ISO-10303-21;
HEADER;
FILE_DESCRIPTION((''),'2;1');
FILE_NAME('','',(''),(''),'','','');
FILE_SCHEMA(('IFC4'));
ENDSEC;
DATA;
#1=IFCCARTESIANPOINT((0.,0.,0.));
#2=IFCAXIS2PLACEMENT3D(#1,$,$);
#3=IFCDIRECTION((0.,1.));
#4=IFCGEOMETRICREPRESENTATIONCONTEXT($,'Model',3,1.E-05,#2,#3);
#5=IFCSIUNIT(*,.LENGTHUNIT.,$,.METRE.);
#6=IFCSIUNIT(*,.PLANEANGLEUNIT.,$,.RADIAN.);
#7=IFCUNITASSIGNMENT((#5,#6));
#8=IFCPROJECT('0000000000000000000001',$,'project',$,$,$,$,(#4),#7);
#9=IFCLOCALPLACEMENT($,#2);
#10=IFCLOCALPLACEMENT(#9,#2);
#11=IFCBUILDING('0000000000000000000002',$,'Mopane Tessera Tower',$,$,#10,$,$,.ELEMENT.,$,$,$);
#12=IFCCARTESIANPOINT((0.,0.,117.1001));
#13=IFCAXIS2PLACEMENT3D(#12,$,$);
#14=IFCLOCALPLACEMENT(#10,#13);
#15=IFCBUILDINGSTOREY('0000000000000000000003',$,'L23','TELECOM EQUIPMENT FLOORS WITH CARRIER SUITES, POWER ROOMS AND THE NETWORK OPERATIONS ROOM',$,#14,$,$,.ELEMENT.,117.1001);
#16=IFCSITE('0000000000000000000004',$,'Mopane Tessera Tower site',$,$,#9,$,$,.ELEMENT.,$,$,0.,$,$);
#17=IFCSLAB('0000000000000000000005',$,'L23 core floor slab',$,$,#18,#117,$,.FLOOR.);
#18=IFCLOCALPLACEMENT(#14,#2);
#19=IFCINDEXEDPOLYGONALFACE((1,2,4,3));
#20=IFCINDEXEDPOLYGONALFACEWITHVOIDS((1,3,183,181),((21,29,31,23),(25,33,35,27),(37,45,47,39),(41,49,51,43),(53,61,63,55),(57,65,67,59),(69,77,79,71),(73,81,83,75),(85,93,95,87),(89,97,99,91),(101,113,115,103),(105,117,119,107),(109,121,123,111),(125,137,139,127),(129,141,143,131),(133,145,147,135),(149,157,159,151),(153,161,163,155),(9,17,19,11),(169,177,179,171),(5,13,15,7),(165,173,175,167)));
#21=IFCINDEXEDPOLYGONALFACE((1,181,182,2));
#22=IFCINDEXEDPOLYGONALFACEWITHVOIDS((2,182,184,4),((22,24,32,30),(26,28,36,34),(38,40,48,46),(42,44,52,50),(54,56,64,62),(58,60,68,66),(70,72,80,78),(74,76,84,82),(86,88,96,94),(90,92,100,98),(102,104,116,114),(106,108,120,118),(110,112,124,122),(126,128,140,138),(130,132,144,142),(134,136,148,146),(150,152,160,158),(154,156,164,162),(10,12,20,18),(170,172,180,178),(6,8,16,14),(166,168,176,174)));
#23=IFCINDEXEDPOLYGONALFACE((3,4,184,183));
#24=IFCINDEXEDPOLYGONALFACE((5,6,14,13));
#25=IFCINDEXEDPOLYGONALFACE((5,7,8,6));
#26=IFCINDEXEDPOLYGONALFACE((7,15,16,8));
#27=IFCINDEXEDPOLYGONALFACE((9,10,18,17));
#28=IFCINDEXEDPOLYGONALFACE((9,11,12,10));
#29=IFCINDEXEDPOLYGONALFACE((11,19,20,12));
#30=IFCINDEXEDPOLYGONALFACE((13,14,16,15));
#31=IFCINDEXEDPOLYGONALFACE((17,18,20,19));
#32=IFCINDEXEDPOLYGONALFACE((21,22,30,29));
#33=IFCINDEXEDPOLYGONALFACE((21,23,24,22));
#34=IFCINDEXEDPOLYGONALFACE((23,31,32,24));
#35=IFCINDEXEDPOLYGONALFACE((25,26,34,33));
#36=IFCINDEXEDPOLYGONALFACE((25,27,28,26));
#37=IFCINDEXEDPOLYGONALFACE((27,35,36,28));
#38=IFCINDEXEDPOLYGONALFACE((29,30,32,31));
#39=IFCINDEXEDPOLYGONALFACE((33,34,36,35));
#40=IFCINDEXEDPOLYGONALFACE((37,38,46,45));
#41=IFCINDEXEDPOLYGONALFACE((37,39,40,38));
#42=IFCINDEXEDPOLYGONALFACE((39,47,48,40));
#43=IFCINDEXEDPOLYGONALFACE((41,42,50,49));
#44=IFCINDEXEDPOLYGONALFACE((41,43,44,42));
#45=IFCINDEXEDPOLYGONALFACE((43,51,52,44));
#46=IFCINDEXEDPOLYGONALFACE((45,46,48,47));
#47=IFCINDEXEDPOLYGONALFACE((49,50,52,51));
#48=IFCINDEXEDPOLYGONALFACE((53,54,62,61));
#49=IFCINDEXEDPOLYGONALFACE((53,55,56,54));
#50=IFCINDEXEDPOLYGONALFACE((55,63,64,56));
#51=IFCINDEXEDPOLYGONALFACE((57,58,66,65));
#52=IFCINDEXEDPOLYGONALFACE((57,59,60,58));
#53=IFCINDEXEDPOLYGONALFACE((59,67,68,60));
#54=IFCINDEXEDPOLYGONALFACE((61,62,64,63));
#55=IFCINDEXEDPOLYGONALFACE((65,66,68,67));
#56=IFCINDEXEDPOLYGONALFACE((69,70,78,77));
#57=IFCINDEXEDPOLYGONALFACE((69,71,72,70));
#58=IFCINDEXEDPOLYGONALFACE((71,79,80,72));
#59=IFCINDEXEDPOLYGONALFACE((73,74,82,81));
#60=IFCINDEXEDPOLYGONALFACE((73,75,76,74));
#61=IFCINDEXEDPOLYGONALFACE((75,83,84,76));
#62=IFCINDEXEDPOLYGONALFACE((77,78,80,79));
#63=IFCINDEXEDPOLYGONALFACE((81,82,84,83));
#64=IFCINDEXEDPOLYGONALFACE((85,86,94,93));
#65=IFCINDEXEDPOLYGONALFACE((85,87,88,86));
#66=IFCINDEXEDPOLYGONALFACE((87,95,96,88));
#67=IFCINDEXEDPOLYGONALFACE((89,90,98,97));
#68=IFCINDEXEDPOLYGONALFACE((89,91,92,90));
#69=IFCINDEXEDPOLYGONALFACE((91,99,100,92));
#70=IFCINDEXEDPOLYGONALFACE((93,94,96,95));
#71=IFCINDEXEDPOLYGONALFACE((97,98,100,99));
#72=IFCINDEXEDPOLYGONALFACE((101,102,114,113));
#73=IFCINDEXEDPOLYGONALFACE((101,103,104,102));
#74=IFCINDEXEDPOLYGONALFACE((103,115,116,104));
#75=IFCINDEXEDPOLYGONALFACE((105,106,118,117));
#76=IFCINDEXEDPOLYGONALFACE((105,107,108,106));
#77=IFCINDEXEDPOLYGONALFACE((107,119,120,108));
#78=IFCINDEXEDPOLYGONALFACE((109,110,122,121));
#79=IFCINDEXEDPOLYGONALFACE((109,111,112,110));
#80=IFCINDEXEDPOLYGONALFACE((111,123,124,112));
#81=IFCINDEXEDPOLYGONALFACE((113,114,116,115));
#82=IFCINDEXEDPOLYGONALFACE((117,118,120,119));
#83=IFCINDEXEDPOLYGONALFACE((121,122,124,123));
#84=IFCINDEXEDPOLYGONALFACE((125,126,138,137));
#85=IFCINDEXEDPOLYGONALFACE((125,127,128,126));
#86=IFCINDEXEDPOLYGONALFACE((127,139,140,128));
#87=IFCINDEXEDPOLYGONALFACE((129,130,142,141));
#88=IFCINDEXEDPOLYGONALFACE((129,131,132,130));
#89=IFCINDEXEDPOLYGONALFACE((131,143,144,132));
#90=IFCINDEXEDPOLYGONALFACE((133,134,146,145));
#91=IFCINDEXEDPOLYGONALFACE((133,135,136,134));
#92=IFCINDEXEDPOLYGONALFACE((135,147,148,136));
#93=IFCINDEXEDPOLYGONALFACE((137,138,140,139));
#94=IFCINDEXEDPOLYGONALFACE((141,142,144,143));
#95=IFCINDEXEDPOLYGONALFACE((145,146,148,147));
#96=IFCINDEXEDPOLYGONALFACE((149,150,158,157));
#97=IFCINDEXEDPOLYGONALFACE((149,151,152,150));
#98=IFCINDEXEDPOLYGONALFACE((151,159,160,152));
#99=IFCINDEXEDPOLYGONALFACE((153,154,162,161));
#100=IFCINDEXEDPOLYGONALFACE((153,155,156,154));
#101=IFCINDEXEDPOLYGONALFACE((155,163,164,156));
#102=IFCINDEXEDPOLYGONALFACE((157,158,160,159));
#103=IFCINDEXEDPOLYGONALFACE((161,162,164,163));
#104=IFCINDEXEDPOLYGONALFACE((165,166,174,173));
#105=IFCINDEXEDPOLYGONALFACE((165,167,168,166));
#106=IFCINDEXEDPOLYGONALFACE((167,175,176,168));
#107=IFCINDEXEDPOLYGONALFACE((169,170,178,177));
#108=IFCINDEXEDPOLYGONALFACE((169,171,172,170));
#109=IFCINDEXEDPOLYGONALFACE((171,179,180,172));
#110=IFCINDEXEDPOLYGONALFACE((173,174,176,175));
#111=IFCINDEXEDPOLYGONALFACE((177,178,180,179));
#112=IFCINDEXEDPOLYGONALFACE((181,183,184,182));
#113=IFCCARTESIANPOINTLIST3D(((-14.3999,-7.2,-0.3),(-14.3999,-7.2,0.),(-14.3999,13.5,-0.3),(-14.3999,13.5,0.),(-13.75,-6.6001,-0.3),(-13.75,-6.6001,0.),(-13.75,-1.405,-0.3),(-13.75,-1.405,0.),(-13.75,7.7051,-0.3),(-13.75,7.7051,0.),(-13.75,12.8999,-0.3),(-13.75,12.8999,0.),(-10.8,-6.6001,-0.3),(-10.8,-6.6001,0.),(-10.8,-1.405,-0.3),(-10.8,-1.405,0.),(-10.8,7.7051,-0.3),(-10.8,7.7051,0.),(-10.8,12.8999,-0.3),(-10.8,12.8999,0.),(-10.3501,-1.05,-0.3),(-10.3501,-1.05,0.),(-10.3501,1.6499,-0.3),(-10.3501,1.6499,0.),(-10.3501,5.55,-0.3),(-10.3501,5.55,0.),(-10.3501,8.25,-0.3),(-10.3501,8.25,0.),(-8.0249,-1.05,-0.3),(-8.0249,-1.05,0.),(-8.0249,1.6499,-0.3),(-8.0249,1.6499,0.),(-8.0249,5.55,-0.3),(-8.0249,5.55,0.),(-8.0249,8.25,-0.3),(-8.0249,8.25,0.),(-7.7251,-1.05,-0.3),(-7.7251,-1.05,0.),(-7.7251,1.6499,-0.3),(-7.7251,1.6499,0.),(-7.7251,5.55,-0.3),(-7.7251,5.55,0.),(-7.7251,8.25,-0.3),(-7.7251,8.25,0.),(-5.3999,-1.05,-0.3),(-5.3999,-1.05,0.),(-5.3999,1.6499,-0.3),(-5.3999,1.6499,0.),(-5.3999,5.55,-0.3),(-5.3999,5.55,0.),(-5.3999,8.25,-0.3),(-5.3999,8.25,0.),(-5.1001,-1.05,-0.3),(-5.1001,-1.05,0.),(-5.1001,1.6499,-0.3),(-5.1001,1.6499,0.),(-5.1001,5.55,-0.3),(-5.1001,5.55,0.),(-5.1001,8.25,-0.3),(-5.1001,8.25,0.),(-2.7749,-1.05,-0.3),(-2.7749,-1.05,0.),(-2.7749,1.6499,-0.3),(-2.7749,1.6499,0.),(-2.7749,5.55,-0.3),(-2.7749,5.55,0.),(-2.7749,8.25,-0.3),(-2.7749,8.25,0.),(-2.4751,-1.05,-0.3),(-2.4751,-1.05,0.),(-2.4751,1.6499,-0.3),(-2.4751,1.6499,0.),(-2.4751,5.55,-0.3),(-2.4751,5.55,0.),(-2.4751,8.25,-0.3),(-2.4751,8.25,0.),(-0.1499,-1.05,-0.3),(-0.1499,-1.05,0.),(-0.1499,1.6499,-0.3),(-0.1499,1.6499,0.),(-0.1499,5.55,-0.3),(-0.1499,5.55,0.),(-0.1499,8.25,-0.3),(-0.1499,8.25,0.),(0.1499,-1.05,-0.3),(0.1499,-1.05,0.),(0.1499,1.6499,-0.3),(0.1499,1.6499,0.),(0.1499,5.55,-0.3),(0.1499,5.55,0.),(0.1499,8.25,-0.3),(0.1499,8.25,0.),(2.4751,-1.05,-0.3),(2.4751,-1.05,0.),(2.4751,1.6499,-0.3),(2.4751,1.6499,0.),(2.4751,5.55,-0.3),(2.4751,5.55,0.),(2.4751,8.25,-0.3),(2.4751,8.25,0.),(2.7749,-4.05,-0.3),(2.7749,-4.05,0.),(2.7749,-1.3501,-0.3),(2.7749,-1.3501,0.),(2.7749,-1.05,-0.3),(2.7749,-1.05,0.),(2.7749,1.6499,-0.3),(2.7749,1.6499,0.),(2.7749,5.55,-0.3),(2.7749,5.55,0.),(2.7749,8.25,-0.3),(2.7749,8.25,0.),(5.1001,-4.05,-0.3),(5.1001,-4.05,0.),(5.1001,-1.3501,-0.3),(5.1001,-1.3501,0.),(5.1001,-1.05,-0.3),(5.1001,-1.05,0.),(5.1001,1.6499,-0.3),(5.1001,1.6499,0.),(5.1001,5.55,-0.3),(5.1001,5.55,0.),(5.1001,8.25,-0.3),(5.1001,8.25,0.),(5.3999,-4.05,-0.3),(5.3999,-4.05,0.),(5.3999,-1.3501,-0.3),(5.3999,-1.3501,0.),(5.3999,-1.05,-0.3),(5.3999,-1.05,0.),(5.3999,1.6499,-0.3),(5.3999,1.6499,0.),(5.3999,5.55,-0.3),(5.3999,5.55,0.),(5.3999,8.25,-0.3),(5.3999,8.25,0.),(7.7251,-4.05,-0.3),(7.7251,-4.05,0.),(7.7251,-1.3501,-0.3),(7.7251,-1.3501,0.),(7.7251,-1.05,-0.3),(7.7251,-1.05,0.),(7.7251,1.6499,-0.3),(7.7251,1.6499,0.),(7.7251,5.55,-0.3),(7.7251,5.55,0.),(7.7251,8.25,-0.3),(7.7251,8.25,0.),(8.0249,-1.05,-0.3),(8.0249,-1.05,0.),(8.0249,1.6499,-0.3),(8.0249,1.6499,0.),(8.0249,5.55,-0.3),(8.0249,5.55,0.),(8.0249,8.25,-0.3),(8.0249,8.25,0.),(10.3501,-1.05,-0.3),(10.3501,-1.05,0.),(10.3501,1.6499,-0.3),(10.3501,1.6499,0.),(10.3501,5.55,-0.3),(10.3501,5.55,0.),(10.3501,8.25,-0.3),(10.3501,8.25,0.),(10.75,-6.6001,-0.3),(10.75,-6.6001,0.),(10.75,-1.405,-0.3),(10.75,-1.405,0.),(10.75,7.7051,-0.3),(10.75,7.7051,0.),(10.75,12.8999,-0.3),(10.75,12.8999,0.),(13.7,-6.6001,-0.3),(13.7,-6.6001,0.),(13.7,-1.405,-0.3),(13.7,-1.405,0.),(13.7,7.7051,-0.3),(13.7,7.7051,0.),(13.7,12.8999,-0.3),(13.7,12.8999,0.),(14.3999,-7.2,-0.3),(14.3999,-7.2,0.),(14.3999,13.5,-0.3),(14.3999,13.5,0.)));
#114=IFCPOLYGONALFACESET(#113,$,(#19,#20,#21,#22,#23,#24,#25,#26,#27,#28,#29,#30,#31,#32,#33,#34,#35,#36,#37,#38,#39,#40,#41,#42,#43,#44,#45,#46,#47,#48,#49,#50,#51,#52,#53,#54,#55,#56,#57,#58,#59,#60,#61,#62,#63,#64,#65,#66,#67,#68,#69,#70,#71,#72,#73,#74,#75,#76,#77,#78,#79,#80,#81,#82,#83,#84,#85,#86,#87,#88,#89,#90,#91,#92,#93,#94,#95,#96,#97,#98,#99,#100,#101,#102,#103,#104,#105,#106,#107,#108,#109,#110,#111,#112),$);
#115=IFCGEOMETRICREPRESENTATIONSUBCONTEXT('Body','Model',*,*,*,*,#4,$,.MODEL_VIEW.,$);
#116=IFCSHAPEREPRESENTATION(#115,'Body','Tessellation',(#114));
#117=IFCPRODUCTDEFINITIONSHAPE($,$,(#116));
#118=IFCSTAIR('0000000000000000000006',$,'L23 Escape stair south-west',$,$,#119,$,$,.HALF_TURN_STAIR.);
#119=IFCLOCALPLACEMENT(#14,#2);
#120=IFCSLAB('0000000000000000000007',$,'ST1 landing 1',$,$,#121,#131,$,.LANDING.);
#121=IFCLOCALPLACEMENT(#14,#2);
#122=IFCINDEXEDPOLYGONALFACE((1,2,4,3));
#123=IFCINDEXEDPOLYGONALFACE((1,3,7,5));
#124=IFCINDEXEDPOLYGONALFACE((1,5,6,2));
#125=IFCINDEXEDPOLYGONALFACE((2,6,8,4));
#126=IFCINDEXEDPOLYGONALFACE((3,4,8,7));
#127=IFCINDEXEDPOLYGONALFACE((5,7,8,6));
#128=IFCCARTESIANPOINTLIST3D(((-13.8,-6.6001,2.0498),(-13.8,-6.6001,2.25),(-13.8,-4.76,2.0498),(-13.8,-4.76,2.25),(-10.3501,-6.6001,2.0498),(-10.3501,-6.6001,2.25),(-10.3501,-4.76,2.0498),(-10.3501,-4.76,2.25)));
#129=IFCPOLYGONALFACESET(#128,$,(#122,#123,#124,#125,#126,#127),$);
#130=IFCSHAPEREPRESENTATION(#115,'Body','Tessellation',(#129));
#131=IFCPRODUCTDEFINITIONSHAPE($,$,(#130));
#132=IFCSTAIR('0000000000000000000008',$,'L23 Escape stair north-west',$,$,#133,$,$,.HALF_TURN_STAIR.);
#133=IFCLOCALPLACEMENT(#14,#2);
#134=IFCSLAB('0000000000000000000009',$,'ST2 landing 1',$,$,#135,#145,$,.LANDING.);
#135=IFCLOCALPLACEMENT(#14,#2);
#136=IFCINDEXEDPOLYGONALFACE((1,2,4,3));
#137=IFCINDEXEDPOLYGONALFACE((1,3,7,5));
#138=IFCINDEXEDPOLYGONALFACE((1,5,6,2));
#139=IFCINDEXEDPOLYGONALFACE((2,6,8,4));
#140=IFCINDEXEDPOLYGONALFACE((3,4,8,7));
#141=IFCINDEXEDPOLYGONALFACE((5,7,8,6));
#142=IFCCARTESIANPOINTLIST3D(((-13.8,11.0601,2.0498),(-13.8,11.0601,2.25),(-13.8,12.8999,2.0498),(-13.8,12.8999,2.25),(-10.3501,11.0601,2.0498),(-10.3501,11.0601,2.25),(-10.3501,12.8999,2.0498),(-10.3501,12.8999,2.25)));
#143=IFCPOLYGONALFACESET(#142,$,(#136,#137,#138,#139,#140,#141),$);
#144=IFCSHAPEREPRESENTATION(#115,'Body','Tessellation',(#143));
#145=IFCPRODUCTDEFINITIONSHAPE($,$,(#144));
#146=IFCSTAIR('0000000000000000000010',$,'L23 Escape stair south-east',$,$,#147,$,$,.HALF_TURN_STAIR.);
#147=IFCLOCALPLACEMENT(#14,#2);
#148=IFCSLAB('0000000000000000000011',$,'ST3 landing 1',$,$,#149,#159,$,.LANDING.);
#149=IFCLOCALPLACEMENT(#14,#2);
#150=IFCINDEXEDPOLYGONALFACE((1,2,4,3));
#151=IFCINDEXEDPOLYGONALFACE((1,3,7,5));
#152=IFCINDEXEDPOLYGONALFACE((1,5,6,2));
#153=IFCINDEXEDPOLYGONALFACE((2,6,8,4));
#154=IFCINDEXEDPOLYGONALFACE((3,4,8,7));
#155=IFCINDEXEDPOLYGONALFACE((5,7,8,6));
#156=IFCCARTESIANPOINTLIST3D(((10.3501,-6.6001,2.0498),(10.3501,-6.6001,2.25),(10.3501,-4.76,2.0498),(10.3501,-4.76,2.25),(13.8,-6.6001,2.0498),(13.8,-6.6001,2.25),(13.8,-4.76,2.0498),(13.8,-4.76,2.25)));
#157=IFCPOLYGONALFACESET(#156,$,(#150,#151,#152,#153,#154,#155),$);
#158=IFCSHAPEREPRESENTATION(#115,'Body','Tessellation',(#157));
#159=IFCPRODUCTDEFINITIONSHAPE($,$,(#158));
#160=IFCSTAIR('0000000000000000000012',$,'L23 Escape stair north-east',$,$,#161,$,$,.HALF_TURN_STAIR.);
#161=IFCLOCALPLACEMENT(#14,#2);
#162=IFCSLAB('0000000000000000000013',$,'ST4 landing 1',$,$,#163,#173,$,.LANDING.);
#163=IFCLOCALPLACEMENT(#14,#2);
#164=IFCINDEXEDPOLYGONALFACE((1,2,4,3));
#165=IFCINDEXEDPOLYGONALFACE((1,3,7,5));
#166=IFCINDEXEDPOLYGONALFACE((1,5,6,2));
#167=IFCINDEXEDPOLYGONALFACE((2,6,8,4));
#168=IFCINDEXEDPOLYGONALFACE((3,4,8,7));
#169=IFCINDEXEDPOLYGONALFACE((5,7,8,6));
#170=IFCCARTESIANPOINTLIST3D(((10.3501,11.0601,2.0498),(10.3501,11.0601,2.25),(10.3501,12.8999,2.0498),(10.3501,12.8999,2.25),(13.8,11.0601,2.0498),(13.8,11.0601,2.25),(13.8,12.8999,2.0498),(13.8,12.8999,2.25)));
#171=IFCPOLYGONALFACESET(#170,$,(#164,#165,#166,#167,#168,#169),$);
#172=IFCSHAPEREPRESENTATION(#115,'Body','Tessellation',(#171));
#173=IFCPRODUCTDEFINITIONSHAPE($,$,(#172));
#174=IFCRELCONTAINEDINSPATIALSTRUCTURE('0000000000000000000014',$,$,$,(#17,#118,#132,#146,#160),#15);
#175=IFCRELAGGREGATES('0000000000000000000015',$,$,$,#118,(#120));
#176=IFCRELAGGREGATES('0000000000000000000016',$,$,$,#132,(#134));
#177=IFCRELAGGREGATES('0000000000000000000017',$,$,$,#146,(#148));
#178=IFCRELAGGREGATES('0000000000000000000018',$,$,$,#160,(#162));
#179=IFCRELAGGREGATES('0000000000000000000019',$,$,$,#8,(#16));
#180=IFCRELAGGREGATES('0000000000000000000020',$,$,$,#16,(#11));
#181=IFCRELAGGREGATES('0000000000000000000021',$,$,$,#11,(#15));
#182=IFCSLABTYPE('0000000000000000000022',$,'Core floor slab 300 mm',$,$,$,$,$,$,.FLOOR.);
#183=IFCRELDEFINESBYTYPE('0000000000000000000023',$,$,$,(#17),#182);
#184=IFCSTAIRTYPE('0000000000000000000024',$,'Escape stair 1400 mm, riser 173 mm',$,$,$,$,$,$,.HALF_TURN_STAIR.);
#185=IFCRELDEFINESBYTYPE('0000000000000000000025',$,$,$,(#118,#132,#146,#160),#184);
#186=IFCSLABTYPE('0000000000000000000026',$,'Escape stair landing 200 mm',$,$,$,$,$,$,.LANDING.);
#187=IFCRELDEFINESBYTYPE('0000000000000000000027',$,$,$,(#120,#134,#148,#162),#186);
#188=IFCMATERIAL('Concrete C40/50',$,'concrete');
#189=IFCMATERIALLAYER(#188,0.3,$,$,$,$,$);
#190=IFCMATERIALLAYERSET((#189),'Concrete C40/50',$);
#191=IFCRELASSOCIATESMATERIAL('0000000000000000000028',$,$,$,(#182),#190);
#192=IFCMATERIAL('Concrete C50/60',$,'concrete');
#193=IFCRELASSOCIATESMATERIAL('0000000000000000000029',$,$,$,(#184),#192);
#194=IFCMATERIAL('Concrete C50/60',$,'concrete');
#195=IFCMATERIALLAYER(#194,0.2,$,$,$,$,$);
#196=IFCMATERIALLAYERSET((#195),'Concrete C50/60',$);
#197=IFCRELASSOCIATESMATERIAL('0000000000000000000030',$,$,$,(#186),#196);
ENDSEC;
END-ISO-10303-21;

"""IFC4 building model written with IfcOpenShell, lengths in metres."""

from ifc_helpers import new_model, si_unit, direction, frame, origin, place, context, subcontext, project, spatial, polyline, outline, extrude, material, layer, layer_set, type_object, element, aggregate, save


model = new_model("IFC4")

# Units and contexts
model_context = context("Model", 3, precision=1e-05, world=origin(), true_north=direction((0.0, 1.0)))
body_context = subcontext(model_context, "Body", "Model", "MODEL_VIEW")
ifc_project = project(units=[si_unit("LENGTHUNIT", "METRE"), si_unit("PLANEANGLEUNIT", "RADIAN")], contexts=[model_context])

# Site, building, storey
site_placement = place(None, origin())
site = spatial("IfcSite", under=ifc_project, at=site_placement, Name="Mopane Tessera Tower site", CompositionType="ELEMENT", RefElevation=0.0)
building_placement = place(site_placement, origin())
building = spatial("IfcBuilding", under=site, at=building_placement, Name="Mopane Tessera Tower", CompositionType="ELEMENT")
storey_placement = place(building_placement, frame((0.0, 0.0, 117.1001)))
storey = spatial("IfcBuildingStorey", under=building, at=storey_placement, Name="L23", Description="TELECOM EQUIPMENT FLOORS WITH CARRIER SUITES, POWER ROOMS AND THE NETWORK OPERATIONS ROOM", CompositionType="ELEMENT", Elevation=117.1001)

# Slab
ifc_material_1 = material(Name="Concrete C40/50", Category="concrete")
ifc_layer_1 = layer(ifc_material_1, 0.3)
ifc_layer_set_1 = layer_set([ifc_layer_1], Name="Concrete C40/50")
slab_type_1 = type_object("IfcSlabType", Name="Core floor slab 300 mm", PredefinedType="FLOOR", material=ifc_layer_set_1)
slab_1_placement = place(storey_placement, frame((0.0, 0.0, -0.3)))
element("IfcSlab", 1, at=slab_1_placement, inside=storey, type_object=slab_type_1, Name="L23 core floor slab", PredefinedType="FLOOR", context=body_context, shape_type="SweptSolid", body=[
    extrude(outline(polyline([(-14.3999, -7.2), (14.3999, -7.2), (14.3999, 13.5), (-14.3999, 13.5), (-14.3999, -7.2)]), holes=[polyline([(-10.3501, -1.05), (-8.0249, -1.05), (-8.0249, 1.6499), (-10.3501, 1.6499), (-10.3501, -1.05)]), polyline([(-7.7251, -1.05), (-5.3999, -1.05), (-5.3999, 1.6499), (-7.7251, 1.6499), (-7.7251, -1.05)]), polyline([(-5.1001, -1.05), (-2.7749, -1.05), (-2.7749, 1.6499), (-5.1001, 1.6499), (-5.1001, -1.05)]), polyline([(-2.4751, -1.05), (-0.1499, -1.05), (-0.1499, 1.6499), (-2.4751, 1.6499), (-2.4751, -1.05)]), polyline([(0.1499, -1.05), (2.4751, -1.05), (2.4751, 1.6499), (0.1499, 1.6499), (0.1499, -1.05)]), polyline([(2.7749, -1.05), (5.1001, -1.05), (5.1001, 1.6499), (2.7749, 1.6499), (2.7749, -1.05)]), polyline([(5.3999, -1.05), (7.7251, -1.05), (7.7251, 1.6499), (5.3999, 1.6499), (5.3999, -1.05)]), polyline([(8.0249, -1.05), (10.3501, -1.05), (10.3501, 1.6499), (8.0249, 1.6499), (8.0249, -1.05)]), polyline([(-10.3501, 5.55), (-8.0249, 5.55), (-8.0249, 8.25), (-10.3501, 8.25), (-10.3501, 5.55)]), polyline([(-7.7251, 5.55), (-5.3999, 5.55), (-5.3999, 8.25), (-7.7251, 8.25), (-7.7251, 5.55)]), polyline([(-5.1001, 5.55), (-2.7749, 5.55), (-2.7749, 8.25), (-5.1001, 8.25), (-5.1001, 5.55)]), polyline([(-2.4751, 5.55), (-0.1499, 5.55), (-0.1499, 8.25), (-2.4751, 8.25), (-2.4751, 5.55)]), polyline([(0.1499, 5.55), (2.4751, 5.55), (2.4751, 8.25), (0.1499, 8.25), (0.1499, 5.55)]), polyline([(2.7749, 5.55), (5.1001, 5.55), (5.1001, 8.25), (2.7749, 8.25), (2.7749, 5.55)]), polyline([(5.3999, 5.55), (7.7251, 5.55), (7.7251, 8.25), (5.3999, 8.25), (5.3999, 5.55)]), polyline([(8.0249, 5.55), (10.3501, 5.55), (10.3501, 8.25), (8.0249, 8.25), (8.0249, 5.55)]), polyline([(2.7749, -4.05), (5.1001, -4.05), (5.1001, -1.3501), (2.7749, -1.3501), (2.7749, -4.05)]), polyline([(5.3999, -4.05), (7.7251, -4.05), (7.7251, -1.3501), (5.3999, -1.3501), (5.3999, -4.05)]), polyline([(-13.75, -1.405), (-13.75, -6.6001), (-10.8, -6.6001), (-10.8, -1.405), (-13.75, -1.405)]), polyline([(-10.8, 7.7051), (-10.8, 12.8999), (-13.75, 12.8999), (-13.75, 7.7051), (-10.8, 7.7051)]), polyline([(10.75, -1.405), (10.75, -6.6001), (13.7, -6.6001), (13.7, -1.405), (10.75, -1.405)]), polyline([(13.7, 7.7051), (13.7, 12.8999), (10.75, 12.8999), (10.75, 7.7051), (13.7, 7.7051)])]), origin(), (0.0, 0.0, 1.0), 0.3),
])

# Stairs, slabs
ifc_material_2 = material(Name="Concrete C50/60", Category="concrete")
stair_type = type_object("IfcStairType", Name="Escape stair 1400 mm, riser 173 mm", PredefinedType="HALF_TURN_STAIR", material=ifc_material_2)
stair_1_placement = place(storey_placement, origin())
stair_1 = element("IfcStair", 2, at=stair_1_placement, inside=storey, type_object=stair_type, Name="L23 Escape stair south-west", PredefinedType="HALF_TURN_STAIR")
ifc_material_3 = material(Name="Concrete C50/60", Category="concrete")
ifc_layer_2 = layer(ifc_material_3, 0.2)
ifc_layer_set_2 = layer_set([ifc_layer_2], Name="Concrete C50/60")
slab_type_2 = type_object("IfcSlabType", Name="Escape stair landing 200 mm", PredefinedType="LANDING", material=ifc_layer_set_2)
slab_2_placement = place(storey_placement, frame((0.0, 0.0, 2.0498)))
slab_2 = element("IfcSlab", 3, at=slab_2_placement, type_object=slab_type_2, Name="ST1 landing 1", PredefinedType="LANDING", context=body_context, shape_type="SweptSolid", body=[
    extrude(outline(polyline([(-13.8, -4.76), (-13.8, -6.6001), (-10.3501, -6.6001), (-10.3501, -4.76), (-13.8, -4.76)])), origin(), (0.0, 0.0, 1.0), 0.2002),
])
aggregate(stair_1, [slab_2])
stair_2_placement = place(storey_placement, origin())
stair_2 = element("IfcStair", 4, at=stair_2_placement, inside=storey, type_object=stair_type, Name="L23 Escape stair north-west", PredefinedType="HALF_TURN_STAIR")
slab_3_placement = place(storey_placement, frame((0.0, 0.0, 2.0498)))
slab_3 = element("IfcSlab", 5, at=slab_3_placement, type_object=slab_type_2, Name="ST2 landing 1", PredefinedType="LANDING", context=body_context, shape_type="SweptSolid", body=[
    extrude(outline(polyline([(-10.3501, 11.0601), (-10.3501, 12.8999), (-13.8, 12.8999), (-13.8, 11.0601), (-10.3501, 11.0601)])), origin(), (0.0, 0.0, 1.0), 0.2002),
])
aggregate(stair_2, [slab_3])
stair_3_placement = place(storey_placement, origin())
stair_3 = element("IfcStair", 6, at=stair_3_placement, inside=storey, type_object=stair_type, Name="L23 Escape stair south-east", PredefinedType="HALF_TURN_STAIR")
slab_4_placement = place(storey_placement, frame((0.0, 0.0, 2.0498)))
slab_4 = element("IfcSlab", 7, at=slab_4_placement, type_object=slab_type_2, Name="ST3 landing 1", PredefinedType="LANDING", context=body_context, shape_type="SweptSolid", body=[
    extrude(outline(polyline([(10.3501, -4.76), (10.3501, -6.6001), (13.8, -6.6001), (13.8, -4.76), (10.3501, -4.76)])), origin(), (0.0, 0.0, 1.0), 0.2002),
])
aggregate(stair_3, [slab_4])
stair_4_placement = place(storey_placement, origin())
stair_4 = element("IfcStair", 8, at=stair_4_placement, inside=storey, type_object=stair_type, Name="L23 Escape stair north-east", PredefinedType="HALF_TURN_STAIR")
slab_5_placement = place(storey_placement, frame((0.0, 0.0, 2.0498)))
slab_5 = element("IfcSlab", 9, at=slab_5_placement, type_object=slab_type_2, Name="ST4 landing 1", PredefinedType="LANDING", context=body_context, shape_type="SweptSolid", body=[
    extrude(outline(polyline([(13.8, 11.0601), (13.8, 12.8999), (10.3501, 12.8999), (10.3501, 11.0601), (13.8, 11.0601)])), origin(), (0.0, 0.0, 1.0), 0.2002),
])
aggregate(stair_4, [slab_5])

save(model, "model.ifc")
